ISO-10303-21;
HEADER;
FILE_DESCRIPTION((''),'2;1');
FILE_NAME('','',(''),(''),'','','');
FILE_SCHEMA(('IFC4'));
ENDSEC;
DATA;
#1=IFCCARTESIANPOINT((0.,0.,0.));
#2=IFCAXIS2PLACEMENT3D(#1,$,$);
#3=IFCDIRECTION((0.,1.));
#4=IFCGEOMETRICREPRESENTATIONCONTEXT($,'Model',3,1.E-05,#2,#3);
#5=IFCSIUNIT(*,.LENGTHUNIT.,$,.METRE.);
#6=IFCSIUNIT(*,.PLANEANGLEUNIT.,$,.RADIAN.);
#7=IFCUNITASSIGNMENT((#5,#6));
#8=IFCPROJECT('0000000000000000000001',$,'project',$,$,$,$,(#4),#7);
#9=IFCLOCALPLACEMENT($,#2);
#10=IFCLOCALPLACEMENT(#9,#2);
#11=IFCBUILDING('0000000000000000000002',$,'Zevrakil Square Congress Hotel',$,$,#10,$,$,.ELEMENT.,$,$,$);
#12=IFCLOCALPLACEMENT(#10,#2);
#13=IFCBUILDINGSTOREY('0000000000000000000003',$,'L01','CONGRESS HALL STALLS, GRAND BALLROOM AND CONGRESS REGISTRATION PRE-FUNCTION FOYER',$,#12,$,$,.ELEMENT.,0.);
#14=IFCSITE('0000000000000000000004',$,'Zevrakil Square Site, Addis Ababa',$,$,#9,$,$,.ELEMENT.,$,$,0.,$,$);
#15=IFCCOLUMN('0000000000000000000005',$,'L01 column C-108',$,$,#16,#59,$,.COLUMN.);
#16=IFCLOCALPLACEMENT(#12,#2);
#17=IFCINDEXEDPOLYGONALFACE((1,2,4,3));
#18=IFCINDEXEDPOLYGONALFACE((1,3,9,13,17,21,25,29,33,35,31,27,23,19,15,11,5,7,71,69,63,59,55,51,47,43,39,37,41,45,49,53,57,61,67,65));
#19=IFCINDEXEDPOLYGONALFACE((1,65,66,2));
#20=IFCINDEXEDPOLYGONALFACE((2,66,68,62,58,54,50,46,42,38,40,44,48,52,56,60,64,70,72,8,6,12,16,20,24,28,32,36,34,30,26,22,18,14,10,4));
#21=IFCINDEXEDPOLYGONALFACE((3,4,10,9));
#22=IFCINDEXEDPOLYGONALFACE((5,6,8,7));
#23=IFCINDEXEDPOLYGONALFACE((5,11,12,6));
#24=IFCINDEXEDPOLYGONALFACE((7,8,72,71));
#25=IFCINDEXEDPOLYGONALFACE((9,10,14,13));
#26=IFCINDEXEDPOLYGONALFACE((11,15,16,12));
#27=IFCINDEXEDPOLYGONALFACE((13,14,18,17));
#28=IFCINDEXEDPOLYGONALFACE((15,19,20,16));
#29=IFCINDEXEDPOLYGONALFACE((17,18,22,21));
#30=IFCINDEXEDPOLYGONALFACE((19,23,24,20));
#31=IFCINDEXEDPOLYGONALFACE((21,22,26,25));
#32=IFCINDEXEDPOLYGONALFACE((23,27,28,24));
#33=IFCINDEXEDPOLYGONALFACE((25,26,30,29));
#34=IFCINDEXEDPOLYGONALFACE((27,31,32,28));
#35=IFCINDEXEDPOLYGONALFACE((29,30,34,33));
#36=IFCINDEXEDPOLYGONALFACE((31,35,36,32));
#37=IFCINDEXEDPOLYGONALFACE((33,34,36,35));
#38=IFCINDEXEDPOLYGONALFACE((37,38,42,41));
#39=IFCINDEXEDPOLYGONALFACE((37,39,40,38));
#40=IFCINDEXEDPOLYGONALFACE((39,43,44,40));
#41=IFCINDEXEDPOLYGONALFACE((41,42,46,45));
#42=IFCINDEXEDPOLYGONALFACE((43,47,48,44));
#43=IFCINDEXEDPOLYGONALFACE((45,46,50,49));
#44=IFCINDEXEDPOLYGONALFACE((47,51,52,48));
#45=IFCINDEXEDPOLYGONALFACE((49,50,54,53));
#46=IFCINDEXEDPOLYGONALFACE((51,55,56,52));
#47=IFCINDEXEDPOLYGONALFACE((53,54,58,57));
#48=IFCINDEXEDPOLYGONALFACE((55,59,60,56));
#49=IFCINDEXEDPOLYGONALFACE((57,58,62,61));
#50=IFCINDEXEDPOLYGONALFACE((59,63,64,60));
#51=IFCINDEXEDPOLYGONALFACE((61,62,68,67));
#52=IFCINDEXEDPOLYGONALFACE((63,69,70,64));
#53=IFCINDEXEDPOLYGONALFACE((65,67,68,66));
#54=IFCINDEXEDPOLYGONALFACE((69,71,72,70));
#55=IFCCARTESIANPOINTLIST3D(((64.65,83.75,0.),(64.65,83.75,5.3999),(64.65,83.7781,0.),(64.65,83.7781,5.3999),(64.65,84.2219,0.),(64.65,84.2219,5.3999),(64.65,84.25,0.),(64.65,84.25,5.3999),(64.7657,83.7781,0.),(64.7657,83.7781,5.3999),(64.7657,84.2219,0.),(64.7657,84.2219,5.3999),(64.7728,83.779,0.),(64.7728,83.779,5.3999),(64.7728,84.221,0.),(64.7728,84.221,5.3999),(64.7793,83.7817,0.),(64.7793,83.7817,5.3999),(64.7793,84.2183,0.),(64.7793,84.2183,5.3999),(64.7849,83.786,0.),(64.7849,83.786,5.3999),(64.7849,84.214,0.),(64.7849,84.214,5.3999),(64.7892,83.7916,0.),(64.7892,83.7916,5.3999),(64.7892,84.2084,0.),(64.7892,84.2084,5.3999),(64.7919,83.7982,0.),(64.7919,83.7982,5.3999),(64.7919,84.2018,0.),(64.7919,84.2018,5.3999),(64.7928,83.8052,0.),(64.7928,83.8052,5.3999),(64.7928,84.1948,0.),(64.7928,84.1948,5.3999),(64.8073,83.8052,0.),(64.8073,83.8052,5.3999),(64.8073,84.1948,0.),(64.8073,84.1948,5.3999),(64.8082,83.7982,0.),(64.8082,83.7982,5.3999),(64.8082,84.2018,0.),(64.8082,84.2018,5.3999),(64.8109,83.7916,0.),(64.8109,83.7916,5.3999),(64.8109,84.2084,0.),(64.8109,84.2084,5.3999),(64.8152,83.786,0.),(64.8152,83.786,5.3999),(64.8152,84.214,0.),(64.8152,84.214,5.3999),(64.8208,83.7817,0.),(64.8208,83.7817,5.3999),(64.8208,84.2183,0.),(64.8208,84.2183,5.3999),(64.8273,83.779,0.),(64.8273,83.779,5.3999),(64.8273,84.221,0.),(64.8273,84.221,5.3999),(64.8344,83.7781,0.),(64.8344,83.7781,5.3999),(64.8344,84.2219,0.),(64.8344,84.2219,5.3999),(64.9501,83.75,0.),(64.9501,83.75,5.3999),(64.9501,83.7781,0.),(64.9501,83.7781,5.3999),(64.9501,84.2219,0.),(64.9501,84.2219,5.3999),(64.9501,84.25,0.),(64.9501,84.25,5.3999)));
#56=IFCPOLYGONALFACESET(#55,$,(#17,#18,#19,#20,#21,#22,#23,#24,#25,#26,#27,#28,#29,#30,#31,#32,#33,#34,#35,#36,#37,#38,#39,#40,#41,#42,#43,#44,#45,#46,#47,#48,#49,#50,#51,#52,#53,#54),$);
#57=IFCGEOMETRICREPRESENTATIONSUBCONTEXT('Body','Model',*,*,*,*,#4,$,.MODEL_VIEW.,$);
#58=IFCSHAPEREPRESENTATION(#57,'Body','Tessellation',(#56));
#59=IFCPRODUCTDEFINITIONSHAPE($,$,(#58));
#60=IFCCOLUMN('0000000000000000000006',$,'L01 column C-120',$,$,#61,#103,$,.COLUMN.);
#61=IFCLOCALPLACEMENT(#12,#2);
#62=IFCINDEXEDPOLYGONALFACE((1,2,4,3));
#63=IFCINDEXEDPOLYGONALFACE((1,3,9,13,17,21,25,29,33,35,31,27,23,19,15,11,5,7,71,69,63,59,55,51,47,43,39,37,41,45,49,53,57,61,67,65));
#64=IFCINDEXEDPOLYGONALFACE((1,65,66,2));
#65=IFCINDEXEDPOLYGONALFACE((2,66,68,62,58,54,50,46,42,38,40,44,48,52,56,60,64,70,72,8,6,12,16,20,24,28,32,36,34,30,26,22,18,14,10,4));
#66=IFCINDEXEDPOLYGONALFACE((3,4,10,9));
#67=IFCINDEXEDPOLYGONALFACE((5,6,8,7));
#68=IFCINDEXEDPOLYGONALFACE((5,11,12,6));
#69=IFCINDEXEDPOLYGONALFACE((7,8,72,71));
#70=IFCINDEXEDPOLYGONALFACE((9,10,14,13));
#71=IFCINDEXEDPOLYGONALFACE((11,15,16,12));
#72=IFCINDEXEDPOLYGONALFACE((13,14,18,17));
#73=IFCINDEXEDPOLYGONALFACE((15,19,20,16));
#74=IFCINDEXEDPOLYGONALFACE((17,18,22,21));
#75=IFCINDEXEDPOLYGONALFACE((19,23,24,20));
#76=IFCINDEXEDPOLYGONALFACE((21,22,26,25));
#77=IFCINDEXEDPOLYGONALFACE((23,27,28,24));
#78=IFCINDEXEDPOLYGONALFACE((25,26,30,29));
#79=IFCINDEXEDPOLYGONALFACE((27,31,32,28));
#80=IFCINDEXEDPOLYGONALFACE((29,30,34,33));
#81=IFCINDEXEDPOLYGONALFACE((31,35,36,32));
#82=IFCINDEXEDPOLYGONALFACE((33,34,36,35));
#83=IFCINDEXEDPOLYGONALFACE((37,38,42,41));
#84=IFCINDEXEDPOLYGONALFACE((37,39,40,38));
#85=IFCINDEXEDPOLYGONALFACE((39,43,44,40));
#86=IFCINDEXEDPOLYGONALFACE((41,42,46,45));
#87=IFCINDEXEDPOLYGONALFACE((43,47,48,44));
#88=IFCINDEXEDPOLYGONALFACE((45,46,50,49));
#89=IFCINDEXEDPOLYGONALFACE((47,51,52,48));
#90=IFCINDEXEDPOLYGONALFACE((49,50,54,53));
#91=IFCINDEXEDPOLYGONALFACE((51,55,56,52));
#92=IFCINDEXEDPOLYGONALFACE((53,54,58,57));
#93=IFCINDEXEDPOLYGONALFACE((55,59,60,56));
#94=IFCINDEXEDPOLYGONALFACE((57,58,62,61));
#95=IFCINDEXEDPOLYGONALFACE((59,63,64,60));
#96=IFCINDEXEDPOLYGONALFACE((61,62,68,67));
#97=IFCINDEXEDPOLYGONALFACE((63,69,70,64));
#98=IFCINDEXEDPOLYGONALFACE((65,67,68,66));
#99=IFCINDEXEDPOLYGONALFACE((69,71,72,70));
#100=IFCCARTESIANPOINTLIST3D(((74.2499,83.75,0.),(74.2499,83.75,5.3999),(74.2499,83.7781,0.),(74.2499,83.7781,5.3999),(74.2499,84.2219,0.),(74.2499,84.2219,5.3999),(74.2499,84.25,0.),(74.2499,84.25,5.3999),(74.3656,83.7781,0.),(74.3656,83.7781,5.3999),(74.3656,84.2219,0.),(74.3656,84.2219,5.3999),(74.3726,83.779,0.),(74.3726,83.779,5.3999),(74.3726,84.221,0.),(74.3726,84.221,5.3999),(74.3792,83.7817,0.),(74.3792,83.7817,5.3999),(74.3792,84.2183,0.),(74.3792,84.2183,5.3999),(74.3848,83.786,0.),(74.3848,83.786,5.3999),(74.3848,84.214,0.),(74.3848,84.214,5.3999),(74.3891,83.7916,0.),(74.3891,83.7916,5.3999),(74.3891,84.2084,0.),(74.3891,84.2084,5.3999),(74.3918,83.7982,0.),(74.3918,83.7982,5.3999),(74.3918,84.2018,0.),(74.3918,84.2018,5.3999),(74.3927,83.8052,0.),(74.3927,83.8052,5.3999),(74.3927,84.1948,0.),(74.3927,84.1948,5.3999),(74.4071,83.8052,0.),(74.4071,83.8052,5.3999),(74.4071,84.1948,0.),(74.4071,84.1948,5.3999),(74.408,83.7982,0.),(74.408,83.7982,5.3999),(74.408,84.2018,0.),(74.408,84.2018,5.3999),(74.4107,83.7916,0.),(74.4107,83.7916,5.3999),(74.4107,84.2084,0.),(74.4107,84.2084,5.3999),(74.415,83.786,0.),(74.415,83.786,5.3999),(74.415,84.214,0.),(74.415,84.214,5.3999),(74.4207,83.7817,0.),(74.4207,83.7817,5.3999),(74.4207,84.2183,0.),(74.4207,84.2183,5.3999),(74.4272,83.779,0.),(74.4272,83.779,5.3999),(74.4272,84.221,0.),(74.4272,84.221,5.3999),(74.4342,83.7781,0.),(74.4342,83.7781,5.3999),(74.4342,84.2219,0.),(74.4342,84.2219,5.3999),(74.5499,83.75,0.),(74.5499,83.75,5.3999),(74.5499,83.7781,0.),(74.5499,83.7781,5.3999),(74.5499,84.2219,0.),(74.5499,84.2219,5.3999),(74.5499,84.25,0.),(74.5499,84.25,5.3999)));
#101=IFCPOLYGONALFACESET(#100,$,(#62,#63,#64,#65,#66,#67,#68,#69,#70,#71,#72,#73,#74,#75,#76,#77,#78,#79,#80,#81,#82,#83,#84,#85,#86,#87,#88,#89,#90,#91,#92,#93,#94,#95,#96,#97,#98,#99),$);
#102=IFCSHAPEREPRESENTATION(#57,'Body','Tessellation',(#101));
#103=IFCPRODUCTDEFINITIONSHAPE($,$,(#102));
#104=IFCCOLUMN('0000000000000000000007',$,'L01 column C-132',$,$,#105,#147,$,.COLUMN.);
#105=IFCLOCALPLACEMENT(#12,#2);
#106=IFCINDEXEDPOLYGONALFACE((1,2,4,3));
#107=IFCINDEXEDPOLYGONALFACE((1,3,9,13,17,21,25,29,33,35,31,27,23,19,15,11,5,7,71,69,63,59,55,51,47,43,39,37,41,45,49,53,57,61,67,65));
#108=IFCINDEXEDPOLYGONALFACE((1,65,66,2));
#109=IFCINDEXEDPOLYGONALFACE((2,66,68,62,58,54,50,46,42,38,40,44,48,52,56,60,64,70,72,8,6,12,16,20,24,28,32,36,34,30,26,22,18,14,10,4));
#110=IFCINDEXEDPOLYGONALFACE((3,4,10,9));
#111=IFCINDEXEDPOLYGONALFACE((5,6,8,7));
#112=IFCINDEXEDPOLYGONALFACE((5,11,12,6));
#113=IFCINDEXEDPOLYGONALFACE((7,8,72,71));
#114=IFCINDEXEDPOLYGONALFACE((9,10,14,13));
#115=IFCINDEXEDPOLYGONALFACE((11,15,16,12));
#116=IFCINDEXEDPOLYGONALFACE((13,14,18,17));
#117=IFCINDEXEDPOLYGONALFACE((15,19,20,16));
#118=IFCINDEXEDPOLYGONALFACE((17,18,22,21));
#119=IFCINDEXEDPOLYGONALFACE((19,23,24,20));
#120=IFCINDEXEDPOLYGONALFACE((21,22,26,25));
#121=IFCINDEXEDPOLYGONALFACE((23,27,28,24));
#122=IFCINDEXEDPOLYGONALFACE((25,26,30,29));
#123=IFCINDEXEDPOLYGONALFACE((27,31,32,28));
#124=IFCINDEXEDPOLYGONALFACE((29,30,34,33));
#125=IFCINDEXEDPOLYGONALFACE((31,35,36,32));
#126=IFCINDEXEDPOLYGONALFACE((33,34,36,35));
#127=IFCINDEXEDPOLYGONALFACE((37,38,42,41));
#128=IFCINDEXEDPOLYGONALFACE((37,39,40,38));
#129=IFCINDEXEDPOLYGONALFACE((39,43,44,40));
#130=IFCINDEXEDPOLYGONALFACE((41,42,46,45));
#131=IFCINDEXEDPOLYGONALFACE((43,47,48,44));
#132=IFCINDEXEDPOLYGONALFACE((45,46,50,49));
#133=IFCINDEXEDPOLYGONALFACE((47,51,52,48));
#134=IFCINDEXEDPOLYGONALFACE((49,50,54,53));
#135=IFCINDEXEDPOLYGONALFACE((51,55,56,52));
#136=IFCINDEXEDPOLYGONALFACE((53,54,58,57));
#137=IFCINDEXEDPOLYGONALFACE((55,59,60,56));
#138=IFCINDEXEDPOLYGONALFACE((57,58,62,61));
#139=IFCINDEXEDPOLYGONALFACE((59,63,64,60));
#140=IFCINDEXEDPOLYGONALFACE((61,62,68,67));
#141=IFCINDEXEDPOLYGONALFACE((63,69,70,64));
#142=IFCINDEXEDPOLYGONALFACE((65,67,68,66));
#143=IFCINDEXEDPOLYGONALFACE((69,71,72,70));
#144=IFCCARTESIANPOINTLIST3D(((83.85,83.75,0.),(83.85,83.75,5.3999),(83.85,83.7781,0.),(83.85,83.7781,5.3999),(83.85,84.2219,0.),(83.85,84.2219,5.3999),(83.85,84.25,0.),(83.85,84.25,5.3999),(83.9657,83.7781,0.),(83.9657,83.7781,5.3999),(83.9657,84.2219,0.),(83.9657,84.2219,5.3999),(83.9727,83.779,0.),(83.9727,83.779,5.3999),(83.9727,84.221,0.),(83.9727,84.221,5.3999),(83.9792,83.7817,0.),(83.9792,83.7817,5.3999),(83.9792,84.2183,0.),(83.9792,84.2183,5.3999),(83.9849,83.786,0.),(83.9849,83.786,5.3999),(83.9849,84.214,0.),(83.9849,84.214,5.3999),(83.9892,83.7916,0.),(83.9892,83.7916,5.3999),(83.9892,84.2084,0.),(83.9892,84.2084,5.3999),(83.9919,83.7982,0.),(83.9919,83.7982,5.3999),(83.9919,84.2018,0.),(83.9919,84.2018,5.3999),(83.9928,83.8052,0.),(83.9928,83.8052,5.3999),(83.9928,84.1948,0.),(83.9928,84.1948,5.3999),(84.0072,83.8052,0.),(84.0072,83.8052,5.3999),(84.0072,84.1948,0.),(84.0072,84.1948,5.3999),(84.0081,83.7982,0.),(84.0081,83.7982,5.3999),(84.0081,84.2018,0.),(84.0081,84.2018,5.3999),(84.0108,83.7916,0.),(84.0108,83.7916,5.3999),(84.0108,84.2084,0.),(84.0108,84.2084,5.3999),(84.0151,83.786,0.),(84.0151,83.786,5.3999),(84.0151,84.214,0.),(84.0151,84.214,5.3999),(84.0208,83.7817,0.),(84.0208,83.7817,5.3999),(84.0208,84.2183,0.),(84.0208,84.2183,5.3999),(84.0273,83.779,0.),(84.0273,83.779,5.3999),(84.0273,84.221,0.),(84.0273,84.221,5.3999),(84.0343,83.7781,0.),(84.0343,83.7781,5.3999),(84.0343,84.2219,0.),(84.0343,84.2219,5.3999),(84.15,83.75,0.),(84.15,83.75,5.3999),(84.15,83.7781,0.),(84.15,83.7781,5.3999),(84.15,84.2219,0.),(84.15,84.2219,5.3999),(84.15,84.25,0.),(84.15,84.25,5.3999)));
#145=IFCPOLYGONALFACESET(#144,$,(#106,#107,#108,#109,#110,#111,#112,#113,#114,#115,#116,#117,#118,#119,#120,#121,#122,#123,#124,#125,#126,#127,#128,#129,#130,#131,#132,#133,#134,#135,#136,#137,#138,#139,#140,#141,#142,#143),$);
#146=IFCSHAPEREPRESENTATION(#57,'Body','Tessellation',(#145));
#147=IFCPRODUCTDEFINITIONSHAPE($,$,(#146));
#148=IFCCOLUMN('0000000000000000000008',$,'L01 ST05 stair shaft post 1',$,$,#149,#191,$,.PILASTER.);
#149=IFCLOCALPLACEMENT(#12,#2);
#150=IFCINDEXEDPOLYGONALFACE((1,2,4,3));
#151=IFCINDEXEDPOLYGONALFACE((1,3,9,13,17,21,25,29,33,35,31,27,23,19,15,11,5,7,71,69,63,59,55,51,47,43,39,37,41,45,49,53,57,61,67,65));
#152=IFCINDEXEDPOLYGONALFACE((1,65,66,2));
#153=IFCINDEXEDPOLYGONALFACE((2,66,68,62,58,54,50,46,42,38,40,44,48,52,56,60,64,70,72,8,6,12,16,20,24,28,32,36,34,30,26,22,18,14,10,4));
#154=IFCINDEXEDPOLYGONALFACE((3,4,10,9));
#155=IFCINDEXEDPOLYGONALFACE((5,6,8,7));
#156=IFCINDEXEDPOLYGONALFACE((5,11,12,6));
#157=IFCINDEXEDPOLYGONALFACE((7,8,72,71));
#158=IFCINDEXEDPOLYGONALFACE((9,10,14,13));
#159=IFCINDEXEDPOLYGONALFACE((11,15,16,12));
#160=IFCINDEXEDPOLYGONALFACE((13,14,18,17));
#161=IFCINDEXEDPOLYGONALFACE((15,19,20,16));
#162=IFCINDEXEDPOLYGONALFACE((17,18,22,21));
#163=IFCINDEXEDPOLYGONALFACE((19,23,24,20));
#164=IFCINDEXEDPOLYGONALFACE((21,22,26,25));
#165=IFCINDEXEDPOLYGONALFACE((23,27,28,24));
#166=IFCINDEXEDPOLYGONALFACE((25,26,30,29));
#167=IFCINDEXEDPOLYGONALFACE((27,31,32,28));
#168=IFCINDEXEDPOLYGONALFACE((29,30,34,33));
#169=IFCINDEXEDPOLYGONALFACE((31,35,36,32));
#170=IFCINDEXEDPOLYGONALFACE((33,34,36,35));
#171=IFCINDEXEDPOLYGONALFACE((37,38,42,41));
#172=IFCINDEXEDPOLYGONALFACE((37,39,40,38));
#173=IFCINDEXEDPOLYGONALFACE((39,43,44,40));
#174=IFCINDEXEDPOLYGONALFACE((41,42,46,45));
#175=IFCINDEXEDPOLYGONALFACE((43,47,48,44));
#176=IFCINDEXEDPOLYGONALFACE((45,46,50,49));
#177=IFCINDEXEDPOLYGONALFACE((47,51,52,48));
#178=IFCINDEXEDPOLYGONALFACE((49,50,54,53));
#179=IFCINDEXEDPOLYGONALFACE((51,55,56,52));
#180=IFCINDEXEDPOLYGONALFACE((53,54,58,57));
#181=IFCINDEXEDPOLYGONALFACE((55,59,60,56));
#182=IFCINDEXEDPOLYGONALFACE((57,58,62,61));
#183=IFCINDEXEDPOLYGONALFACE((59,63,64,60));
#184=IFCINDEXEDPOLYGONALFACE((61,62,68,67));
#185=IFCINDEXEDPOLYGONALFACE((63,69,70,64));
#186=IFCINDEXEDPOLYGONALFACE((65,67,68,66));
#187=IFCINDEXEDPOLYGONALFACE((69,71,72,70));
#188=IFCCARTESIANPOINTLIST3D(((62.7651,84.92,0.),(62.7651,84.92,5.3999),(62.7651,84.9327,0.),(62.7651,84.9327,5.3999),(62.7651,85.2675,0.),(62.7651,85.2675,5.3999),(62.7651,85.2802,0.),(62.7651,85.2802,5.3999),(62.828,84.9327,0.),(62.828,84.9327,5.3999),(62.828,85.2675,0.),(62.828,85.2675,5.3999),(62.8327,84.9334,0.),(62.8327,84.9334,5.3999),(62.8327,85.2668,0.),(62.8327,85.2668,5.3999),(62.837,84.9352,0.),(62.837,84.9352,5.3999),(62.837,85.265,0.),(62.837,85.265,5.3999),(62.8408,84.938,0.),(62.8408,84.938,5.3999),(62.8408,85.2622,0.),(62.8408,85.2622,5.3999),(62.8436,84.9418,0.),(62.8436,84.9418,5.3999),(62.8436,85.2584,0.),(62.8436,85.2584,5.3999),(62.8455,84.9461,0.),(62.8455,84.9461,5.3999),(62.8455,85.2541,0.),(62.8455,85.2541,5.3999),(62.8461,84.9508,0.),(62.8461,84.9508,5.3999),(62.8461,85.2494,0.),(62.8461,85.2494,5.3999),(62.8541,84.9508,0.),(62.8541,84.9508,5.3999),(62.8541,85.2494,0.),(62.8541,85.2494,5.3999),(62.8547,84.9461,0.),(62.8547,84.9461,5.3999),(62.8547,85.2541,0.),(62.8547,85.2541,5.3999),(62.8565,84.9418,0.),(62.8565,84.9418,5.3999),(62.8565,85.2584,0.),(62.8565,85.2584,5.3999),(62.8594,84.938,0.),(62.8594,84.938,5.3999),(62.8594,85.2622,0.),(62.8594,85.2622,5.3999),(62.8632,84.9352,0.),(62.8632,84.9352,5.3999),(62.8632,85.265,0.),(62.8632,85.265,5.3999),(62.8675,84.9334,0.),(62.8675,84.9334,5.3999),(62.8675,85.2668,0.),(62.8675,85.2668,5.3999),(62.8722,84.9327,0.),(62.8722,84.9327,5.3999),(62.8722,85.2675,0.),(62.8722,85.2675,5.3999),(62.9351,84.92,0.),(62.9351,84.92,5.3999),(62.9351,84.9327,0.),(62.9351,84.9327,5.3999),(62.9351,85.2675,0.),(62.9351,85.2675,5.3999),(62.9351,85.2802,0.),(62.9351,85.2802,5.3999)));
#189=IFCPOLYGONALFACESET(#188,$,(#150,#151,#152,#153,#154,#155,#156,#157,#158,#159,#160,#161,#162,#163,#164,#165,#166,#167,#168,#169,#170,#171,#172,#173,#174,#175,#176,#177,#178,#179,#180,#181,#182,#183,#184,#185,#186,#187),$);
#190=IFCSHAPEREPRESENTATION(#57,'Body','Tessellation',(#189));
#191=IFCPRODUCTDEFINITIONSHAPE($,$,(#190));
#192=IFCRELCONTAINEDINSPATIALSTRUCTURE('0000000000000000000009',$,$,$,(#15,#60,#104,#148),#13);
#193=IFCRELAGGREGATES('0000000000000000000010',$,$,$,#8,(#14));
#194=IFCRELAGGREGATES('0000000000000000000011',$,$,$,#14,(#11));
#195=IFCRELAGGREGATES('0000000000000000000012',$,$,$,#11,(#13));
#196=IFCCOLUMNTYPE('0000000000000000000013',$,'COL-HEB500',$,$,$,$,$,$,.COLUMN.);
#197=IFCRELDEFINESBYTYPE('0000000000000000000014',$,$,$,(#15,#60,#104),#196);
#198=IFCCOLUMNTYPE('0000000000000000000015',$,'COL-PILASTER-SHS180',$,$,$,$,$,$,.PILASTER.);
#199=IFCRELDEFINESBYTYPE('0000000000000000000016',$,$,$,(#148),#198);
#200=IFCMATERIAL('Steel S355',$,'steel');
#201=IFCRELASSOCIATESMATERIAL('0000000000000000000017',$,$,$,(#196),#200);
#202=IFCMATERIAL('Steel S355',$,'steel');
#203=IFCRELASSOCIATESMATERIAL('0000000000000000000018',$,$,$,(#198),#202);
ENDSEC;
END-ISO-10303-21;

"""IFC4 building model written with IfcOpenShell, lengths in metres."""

from ifc_helpers import new_model, si_unit, direction, frame, origin, origin_2d, place, context, subcontext, project, spatial, i_section, extrude, material, material_profile, profile_set, type_object, element, save


model = new_model("IFC4")

# Units and contexts
model_context = context("Model", 3, precision=1e-05, world=origin(), true_north=direction((0.0, 1.0)))
body_context = subcontext(model_context, "Body", "Model", "MODEL_VIEW")
ifc_project = project(units=[si_unit("LENGTHUNIT", "METRE"), si_unit("PLANEANGLEUNIT", "RADIAN")], contexts=[model_context])

# Site, building, storey
site_placement = place(None, origin())
site = spatial("IfcSite", under=ifc_project, at=site_placement, Name="Zevrakil Square Site, Addis Ababa", CompositionType="ELEMENT", RefElevation=0.0)
building_placement = place(site_placement, origin())
building = spatial("IfcBuilding", under=site, at=building_placement, Name="Zevrakil Square Congress Hotel", CompositionType="ELEMENT")
storey_placement = place(building_placement, origin())
storey = spatial("IfcBuildingStorey", under=building, at=storey_placement, Name="L01", Description="CONGRESS HALL STALLS, GRAND BALLROOM AND CONGRESS REGISTRATION PRE-FUNCTION FOYER", CompositionType="ELEMENT", Elevation=0.0)

# Columns
ifc_material_1 = material(Name="Steel S355", Category="steel")
ifc_material_profile_1 = material_profile(ifc_material_1, i_section(OverallWidth=0.3, OverallDepth=0.5, WebThickness=0.0144, FlangeThickness=0.0281, FilletRadius=0.0271, at=origin_2d()), Name="HEB 500")
ifc_profile_set_1 = profile_set([ifc_material_profile_1], Name="Steel S355")
column_type_1 = type_object("IfcColumnType", Name="COL-HEB500", PredefinedType="COLUMN", material=ifc_profile_set_1)
for number, where, z_axis, x_axis, name in (
    (1, (64.8, 84.0, 0.0), (0.0, 0.0, 1.0), (1.0, 0.0, 0.0), "L01 column C-108"),
    (2, (74.3999, 84.0, 0.0), (0.0, 0.0, 1.0), (1.0, 0.0, 0.0), "L01 column C-120"),
    (3, (84.0, 84.0, 0.0), (0.0, 0.0, 1.0), (1.0, 0.0, 0.0), "L01 column C-132"),
):
    element("IfcColumn", number, at=place(storey_placement, frame(where, z_axis=z_axis, x_axis=x_axis)), inside=storey, type_object=column_type_1, Name=name, PredefinedType="COLUMN", context=body_context, shape_type="SweptSolid", body=[
        extrude(i_section(OverallWidth=0.3, OverallDepth=0.5, WebThickness=0.0144, FlangeThickness=0.0281, FilletRadius=0.0271, at=origin_2d()), origin(), (0.0, 0.0, 1.0), 5.3999),
    ])
ifc_material_2 = material(Name="Steel S355", Category="steel")
ifc_material_profile_2 = material_profile(ifc_material_2, i_section(OverallWidth=0.1699, OverallDepth=0.3601, WebThickness=0.0081, FlangeThickness=0.0127, FilletRadius=0.0181, at=origin_2d()), Name="IPE 360")
ifc_profile_set_2 = profile_set([ifc_material_profile_2], Name="Steel S355")
column_type_2 = type_object("IfcColumnType", Name="COL-PILASTER-SHS180", PredefinedType="PILASTER", material=ifc_profile_set_2)
for number, where, z_axis, x_axis, name in (
    (4, (62.8501, 85.1001, 0.0), (0.0, 0.0, 1.0), (1.0, 0.0, 0.0), "L01 ST05 stair shaft post 1"),
):
    element("IfcColumn", number, at=place(storey_placement, frame(where, z_axis=z_axis, x_axis=x_axis)), inside=storey, type_object=column_type_2, Name=name, PredefinedType="PILASTER", context=body_context, shape_type="SweptSolid", body=[
        extrude(i_section(OverallWidth=0.1699, OverallDepth=0.3601, WebThickness=0.0081, FlangeThickness=0.0127, FilletRadius=0.0181, at=origin_2d()), origin(), (0.0, 0.0, 1.0), 5.3999),
    ])

save(model, "model.ifc")
